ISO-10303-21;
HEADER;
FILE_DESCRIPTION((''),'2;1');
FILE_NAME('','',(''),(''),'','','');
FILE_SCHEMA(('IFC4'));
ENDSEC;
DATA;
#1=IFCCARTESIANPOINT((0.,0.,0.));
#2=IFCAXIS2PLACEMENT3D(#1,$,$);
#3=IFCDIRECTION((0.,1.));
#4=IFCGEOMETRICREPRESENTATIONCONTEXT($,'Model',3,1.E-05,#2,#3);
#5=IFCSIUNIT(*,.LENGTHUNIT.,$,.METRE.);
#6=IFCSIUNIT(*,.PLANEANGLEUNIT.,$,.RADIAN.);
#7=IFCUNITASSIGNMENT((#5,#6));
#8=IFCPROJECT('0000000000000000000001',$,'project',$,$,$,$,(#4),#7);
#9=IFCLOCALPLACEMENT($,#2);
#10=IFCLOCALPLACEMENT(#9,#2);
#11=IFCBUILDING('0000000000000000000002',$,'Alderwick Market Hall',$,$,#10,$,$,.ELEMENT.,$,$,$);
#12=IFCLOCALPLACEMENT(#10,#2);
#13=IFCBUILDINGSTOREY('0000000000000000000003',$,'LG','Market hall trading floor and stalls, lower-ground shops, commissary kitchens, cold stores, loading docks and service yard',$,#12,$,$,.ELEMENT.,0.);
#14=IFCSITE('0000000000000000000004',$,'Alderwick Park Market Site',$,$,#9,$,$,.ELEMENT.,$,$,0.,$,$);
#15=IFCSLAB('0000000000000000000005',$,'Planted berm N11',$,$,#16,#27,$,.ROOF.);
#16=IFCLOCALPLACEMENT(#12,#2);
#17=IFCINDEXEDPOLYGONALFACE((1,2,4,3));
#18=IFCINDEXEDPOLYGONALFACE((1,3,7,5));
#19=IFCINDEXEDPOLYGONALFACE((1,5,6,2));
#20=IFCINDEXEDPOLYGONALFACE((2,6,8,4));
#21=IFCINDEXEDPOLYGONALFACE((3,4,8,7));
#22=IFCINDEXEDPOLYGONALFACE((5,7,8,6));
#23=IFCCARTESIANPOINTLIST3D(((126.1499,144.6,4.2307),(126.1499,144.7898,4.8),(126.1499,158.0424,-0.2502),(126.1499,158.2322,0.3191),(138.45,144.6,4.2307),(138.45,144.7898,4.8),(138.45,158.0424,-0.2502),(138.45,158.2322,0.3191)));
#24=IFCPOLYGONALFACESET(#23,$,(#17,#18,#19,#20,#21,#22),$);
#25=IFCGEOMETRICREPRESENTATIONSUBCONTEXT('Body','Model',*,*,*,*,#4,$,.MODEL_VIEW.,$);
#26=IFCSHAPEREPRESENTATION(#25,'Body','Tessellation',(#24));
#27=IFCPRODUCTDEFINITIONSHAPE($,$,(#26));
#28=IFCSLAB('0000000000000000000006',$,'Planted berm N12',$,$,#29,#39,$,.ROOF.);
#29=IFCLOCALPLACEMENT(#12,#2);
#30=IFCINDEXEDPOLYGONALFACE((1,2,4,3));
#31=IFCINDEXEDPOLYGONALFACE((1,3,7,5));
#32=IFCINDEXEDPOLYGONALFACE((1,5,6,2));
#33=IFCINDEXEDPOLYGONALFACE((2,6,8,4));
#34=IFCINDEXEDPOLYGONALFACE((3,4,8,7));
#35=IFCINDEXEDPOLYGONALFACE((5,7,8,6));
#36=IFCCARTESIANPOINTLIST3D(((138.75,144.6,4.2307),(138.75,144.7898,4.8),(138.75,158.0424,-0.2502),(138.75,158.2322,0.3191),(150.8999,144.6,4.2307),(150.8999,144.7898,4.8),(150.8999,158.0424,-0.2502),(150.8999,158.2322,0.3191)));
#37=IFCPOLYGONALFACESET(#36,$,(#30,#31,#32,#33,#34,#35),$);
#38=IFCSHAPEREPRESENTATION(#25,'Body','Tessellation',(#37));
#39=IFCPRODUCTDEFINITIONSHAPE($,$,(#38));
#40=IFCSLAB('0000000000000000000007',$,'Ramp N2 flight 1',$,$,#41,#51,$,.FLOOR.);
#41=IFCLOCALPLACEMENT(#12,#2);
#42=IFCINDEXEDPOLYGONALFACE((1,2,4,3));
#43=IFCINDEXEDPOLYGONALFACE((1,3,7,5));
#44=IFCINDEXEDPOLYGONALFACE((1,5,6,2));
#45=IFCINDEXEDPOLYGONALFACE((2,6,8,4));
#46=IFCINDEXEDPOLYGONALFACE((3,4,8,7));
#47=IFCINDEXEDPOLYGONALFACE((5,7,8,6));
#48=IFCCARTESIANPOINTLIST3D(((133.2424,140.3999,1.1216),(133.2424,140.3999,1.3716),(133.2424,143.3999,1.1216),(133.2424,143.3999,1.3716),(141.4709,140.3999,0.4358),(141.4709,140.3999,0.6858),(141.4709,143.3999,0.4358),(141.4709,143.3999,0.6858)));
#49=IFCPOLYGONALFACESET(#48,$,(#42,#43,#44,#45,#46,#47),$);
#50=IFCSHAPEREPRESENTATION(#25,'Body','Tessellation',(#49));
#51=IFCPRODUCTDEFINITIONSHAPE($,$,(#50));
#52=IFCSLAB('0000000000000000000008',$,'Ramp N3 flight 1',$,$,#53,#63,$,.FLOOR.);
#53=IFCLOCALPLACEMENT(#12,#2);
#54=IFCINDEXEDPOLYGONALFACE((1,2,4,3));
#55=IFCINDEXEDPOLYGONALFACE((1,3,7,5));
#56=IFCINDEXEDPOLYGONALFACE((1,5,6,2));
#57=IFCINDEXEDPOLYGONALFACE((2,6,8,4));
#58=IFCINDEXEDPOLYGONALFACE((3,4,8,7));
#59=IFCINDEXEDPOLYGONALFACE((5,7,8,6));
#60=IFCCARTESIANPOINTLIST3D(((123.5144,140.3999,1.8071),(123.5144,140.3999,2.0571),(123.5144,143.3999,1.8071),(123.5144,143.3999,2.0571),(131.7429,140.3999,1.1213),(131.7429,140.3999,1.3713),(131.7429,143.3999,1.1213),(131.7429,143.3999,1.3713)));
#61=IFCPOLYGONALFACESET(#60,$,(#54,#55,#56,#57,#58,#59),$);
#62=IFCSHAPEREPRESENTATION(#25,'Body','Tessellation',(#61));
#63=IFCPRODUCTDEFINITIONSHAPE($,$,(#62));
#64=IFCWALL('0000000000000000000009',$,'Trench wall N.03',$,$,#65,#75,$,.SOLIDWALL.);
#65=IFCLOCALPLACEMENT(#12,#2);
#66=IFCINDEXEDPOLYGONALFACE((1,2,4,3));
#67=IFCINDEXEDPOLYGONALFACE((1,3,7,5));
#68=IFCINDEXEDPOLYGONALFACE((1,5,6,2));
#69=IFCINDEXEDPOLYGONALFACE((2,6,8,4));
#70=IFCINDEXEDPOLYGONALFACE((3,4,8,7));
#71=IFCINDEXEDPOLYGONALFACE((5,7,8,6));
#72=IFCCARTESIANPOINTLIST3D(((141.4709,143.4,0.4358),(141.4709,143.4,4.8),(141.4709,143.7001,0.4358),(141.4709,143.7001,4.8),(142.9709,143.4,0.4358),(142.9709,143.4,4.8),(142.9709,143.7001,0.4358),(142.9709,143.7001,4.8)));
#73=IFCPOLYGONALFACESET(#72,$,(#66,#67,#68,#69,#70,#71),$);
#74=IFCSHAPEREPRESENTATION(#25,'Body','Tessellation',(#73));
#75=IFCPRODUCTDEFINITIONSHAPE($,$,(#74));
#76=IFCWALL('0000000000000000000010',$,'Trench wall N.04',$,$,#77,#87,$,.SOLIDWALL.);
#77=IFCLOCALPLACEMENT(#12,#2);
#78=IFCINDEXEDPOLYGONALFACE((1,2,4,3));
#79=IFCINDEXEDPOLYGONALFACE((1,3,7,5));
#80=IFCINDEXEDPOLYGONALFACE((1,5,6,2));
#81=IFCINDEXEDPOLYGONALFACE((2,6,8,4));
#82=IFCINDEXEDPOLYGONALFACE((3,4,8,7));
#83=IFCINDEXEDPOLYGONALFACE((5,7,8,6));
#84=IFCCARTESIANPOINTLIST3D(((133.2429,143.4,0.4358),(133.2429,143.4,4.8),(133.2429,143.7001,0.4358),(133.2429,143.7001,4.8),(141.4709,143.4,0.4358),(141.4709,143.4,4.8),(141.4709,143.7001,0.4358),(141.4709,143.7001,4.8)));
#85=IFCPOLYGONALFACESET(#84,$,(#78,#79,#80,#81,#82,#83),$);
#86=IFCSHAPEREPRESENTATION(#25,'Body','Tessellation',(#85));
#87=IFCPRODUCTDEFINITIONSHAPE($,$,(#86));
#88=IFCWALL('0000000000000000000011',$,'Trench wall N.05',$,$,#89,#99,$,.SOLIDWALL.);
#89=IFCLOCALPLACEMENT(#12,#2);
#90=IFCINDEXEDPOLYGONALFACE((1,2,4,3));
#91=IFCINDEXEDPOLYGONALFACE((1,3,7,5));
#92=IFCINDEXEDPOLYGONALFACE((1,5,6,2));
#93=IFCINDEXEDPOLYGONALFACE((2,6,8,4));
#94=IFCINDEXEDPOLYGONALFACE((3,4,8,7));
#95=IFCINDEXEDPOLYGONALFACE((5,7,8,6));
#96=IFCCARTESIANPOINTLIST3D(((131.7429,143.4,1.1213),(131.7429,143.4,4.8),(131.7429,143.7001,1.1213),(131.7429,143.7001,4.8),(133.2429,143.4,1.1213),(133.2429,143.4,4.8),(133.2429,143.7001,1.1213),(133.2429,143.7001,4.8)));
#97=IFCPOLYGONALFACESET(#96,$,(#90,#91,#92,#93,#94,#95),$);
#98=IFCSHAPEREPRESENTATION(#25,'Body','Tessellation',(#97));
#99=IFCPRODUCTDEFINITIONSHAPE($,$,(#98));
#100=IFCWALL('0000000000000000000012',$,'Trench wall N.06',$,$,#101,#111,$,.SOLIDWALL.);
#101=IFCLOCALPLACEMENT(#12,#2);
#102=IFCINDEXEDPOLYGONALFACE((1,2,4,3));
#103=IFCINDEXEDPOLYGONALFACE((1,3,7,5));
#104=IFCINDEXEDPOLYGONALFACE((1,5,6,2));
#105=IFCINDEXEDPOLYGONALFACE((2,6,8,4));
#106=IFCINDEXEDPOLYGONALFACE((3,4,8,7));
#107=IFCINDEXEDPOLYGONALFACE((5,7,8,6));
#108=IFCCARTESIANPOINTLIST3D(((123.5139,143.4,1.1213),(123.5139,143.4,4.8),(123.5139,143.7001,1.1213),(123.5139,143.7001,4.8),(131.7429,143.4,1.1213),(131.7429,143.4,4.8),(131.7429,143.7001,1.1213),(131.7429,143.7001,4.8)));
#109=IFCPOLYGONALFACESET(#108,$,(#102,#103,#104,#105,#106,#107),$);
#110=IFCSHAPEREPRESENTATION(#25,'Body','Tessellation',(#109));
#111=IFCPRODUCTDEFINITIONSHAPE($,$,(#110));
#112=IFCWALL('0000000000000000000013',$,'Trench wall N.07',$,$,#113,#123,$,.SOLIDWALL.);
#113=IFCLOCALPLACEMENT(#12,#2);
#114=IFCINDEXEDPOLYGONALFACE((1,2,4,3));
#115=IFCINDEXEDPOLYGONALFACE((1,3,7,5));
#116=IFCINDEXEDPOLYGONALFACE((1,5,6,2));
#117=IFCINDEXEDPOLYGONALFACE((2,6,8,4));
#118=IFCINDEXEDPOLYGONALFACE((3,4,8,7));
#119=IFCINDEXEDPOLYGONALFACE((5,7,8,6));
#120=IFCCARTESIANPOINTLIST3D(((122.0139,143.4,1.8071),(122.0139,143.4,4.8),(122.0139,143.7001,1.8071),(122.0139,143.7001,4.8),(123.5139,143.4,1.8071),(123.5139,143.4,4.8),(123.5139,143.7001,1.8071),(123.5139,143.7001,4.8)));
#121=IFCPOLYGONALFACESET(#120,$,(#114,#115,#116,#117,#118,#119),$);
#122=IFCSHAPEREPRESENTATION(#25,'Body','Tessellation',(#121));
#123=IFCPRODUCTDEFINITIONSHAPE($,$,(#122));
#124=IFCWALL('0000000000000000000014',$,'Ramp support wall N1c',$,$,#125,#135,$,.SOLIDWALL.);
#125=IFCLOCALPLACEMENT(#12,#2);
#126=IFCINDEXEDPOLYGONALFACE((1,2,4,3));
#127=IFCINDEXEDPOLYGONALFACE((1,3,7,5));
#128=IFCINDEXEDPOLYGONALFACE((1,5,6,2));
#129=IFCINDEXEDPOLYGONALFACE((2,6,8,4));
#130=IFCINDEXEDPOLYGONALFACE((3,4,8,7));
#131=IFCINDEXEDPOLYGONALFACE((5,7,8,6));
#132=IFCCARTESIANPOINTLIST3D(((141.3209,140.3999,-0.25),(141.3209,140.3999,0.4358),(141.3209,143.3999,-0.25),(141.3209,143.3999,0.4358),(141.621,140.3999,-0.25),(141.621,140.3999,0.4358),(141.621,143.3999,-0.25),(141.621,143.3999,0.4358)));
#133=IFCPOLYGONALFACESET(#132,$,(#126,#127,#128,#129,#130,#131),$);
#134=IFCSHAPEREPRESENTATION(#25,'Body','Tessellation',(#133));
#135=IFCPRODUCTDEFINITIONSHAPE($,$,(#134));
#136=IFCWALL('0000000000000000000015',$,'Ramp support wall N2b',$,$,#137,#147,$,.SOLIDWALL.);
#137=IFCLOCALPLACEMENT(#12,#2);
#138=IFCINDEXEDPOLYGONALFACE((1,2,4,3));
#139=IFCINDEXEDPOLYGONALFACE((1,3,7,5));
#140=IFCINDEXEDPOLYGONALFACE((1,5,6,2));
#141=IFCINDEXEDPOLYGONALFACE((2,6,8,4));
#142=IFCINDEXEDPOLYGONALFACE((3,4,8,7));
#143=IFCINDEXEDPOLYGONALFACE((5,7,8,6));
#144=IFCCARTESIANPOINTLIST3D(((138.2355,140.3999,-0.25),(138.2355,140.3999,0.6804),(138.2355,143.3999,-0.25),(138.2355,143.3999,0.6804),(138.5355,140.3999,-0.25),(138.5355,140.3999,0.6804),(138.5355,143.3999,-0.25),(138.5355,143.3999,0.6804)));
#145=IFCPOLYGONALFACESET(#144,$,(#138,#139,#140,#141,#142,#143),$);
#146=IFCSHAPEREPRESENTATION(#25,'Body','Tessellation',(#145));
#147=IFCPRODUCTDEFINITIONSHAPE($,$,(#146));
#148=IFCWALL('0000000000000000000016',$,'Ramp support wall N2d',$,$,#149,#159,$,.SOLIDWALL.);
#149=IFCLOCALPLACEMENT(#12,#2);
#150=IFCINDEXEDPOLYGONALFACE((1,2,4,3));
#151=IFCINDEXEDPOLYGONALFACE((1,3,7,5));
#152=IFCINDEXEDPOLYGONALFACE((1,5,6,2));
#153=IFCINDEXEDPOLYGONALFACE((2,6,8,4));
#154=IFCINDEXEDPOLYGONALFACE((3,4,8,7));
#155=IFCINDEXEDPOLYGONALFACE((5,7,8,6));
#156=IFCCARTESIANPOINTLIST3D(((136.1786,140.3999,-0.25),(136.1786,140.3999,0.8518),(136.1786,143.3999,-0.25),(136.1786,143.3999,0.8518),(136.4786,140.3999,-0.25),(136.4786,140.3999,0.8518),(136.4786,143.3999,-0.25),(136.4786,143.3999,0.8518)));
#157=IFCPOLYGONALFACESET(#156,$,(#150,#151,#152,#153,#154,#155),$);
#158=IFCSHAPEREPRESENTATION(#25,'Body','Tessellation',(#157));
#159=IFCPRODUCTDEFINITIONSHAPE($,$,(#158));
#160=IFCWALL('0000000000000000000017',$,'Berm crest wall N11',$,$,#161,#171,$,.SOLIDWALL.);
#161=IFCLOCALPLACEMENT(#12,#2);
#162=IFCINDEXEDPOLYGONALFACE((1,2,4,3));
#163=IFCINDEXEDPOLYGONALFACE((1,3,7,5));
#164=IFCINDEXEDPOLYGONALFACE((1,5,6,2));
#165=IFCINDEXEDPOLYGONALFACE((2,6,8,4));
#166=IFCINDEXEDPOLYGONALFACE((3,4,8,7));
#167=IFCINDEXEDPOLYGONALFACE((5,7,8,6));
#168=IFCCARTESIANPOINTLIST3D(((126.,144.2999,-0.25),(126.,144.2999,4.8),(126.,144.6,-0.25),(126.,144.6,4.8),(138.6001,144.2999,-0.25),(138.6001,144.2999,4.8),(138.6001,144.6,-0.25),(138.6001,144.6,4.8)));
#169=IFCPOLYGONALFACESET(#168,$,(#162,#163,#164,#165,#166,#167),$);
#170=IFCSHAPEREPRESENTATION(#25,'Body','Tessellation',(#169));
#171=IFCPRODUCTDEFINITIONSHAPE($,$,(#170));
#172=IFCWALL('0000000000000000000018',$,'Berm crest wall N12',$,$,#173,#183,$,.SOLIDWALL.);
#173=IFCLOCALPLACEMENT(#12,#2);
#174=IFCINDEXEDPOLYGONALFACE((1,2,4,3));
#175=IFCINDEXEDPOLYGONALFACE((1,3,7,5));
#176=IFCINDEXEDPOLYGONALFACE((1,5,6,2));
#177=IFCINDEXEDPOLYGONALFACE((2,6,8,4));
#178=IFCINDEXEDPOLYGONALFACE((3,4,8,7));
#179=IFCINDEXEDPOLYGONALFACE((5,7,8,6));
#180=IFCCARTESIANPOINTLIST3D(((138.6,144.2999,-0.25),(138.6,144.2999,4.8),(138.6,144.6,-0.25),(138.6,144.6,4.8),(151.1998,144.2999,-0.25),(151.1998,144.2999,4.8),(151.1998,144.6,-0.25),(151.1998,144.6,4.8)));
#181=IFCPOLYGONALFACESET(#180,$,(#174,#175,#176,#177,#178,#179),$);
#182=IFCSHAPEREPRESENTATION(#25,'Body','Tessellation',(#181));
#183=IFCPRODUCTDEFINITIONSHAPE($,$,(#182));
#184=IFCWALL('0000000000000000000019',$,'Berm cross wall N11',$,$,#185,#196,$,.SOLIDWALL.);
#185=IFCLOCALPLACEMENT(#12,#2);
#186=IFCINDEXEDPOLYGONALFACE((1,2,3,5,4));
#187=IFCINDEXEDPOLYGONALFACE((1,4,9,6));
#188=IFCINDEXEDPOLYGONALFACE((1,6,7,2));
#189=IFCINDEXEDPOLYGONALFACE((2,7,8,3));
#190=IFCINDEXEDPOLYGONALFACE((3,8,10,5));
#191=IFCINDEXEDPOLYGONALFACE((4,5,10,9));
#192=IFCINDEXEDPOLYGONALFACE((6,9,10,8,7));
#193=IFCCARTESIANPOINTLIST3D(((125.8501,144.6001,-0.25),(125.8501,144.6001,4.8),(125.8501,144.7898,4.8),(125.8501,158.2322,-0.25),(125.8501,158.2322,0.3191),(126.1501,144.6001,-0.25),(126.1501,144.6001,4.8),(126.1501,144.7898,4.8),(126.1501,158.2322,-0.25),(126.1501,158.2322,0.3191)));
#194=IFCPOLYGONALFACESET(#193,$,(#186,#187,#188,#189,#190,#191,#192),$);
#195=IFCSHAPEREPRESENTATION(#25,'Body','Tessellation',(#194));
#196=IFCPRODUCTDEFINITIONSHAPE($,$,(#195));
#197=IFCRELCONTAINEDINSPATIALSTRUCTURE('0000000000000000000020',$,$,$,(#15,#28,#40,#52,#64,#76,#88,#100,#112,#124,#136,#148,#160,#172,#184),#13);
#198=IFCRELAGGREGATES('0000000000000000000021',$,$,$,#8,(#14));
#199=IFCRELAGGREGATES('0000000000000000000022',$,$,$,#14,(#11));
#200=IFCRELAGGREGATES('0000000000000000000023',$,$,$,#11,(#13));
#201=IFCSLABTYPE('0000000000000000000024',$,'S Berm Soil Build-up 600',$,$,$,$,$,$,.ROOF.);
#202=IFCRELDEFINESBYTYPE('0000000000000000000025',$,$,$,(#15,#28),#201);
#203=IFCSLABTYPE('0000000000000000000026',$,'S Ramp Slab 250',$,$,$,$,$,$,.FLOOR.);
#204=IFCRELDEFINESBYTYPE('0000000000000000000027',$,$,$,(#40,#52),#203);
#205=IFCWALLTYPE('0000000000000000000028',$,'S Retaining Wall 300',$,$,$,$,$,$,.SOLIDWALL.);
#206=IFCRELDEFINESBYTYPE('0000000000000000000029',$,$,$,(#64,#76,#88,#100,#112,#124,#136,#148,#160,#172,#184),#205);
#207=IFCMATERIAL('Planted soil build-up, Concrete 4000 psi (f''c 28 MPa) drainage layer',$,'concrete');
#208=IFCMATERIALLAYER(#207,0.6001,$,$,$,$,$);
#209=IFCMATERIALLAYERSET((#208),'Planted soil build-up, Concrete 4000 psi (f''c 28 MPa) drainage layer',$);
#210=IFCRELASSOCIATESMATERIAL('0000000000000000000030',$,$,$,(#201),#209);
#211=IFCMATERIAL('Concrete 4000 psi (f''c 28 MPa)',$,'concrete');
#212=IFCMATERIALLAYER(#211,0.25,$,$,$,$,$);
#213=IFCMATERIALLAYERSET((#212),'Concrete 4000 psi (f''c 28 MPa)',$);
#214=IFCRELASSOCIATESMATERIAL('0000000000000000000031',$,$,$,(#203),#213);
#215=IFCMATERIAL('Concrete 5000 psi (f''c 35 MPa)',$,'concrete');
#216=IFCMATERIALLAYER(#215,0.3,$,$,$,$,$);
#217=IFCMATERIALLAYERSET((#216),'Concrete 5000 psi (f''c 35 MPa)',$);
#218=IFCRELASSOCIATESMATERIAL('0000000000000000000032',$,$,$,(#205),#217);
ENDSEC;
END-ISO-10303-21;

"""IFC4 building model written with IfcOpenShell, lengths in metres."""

from ifc_helpers import new_model, si_unit, direction, frame, frame_2d, origin, place, context, subcontext, project, spatial, polyline, rectangle, outline, extrude, material, layer, layer_set, type_object, element, save


model = new_model("IFC4")

# Units and contexts
model_context = context("Model", 3, precision=1e-05, world=origin(), true_north=direction((0.0, 1.0)))
body_context = subcontext(model_context, "Body", "Model", "MODEL_VIEW")
ifc_project = project(units=[si_unit("LENGTHUNIT", "METRE"), si_unit("PLANEANGLEUNIT", "RADIAN")], contexts=[model_context])

# Site, building, storey
site_placement = place(None, origin())
site = spatial("IfcSite", under=ifc_project, at=site_placement, Name="Alderwick Park Market Site", CompositionType="ELEMENT", RefElevation=0.0)
building_placement = place(site_placement, origin())
building = spatial("IfcBuilding", under=site, at=building_placement, Name="Alderwick Market Hall", CompositionType="ELEMENT")
storey_placement = place(building_placement, origin())
storey = spatial("IfcBuildingStorey", under=building, at=storey_placement, Name="LG", Description="Market hall trading floor and stalls, lower-ground shops, commissary kitchens, cold stores, loading docks and service yard", CompositionType="ELEMENT", Elevation=0.0)

# Slabs
ifc_material_1 = material(Name="Planted soil build-up, Concrete 4000 psi (f'c 28 MPa) drainage layer", Category="concrete")
ifc_layer_1 = layer(ifc_material_1, 0.6001)
ifc_layer_set_1 = layer_set([ifc_layer_1], Name="Planted soil build-up, Concrete 4000 psi (f'c 28 MPa) drainage layer")
slab_type_1 = type_object("IfcSlabType", Name="S Berm Soil Build-up 600", PredefinedType="ROOF", material=ifc_layer_set_1)
slab_1_placement = place(storey_placement, frame((126.1499, 158.2322, 0.3191), z_axis=(0.0, 0.316238, 0.94868), x_axis=(1.0, 0.0, 0.0)))
element("IfcSlab", 1, at=slab_1_placement, inside=storey, type_object=slab_type_1, Name="Planted berm N11", PredefinedType="ROOF", context=body_context, shape_type="SweptSolid", body=[
    extrude(outline(polyline([(0.0, 0.0), (12.3, 0.0), (12.3, -14.1696), (0.0, -14.1696), (0.0, 0.0)])), origin(), (0.0, 0.0, -1.0), 0.6001),
])
slab_2_placement = place(storey_placement, frame((138.75, 158.2322, 0.3191), z_axis=(0.0, 0.316238, 0.94868), x_axis=(1.0, 0.0, 0.0)))
element("IfcSlab", 2, at=slab_2_placement, inside=storey, type_object=slab_type_1, Name="Planted berm N12", PredefinedType="ROOF", context=body_context, shape_type="SweptSolid", body=[
    extrude(outline(polyline([(0.0, 0.0), (12.1499, 0.0), (12.1499, -14.1696), (0.0, -14.1696), (0.0, 0.0)])), origin(), (0.0, 0.0, -1.0), 0.6001),
])
ifc_material_2 = material(Name="Concrete 4000 psi (f'c 28 MPa)", Category="concrete")
ifc_layer_2 = layer(ifc_material_2, 0.25)
ifc_layer_set_2 = layer_set([ifc_layer_2], Name="Concrete 4000 psi (f'c 28 MPa)")
slab_type_2 = type_object("IfcSlabType", Name="S Ramp Slab 250", PredefinedType="FLOOR", material=ifc_layer_set_2)
for number, where, z_axis, x_axis, name in (
    (3, (141.4709, 141.8999, 0.6858), (0.0, 0.0, 1.0), (-1.0, 0.0, 0.0), "Ramp N2 flight 1"),
    (4, (131.7429, 141.8999, 1.3713), (0.0, 0.0, 1.0), (-1.0, 0.0, 0.0), "Ramp N3 flight 1"),
):
    element("IfcSlab", number, at=place(storey_placement, frame(where, z_axis=z_axis, x_axis=x_axis)), inside=storey, type_object=slab_type_2, Name=name, PredefinedType="FLOOR", context=body_context, shape_type="SweptSolid", body=[
        extrude(outline(polyline([(0.0, 0.0), (8.2285, 0.6858), (8.2285, 0.4358), (0.0, -0.25), (0.0, 0.0)])), frame((0.0, 1.5, 0.0), z_axis=(0.0, -1.0, 0.0), x_axis=(1.0, 0.0, 0.0)), (0.0, 0.0, 1.0), 3.0),
    ])

# Walls
ifc_material_3 = material(Name="Concrete 5000 psi (f'c 35 MPa)", Category="concrete")
ifc_layer_3 = layer(ifc_material_3, 0.3)
ifc_layer_set_3 = layer_set([ifc_layer_3], Name="Concrete 5000 psi (f'c 35 MPa)")
wall_type = type_object("IfcWallType", Name="S Retaining Wall 300", PredefinedType="SOLIDWALL", material=ifc_layer_set_3)
wall_1_placement = place(storey_placement, frame((142.9709, 143.55, 0.4358), z_axis=(0.0, 0.0, 1.0), x_axis=(-1.0, 0.0, 0.0)))
element("IfcWall", 5, at=wall_1_placement, inside=storey, type_object=wall_type, Name="Trench wall N.03", PredefinedType="SOLIDWALL", context=body_context, shape_type="SweptSolid", body=[
    extrude(rectangle(XDim=1.5, YDim=0.3, at=frame_2d((0.75, 0.0))), origin(), (0.0, 0.0, 1.0), 4.3643),
])
wall_2_placement = place(storey_placement, frame((141.4709, 143.55, 0.4358), z_axis=(0.0, 0.0, 1.0), x_axis=(-1.0, 0.0, 0.0)))
element("IfcWall", 6, at=wall_2_placement, inside=storey, type_object=wall_type, Name="Trench wall N.04", PredefinedType="SOLIDWALL", context=body_context, shape_type="SweptSolid", body=[
    extrude(rectangle(XDim=8.228, YDim=0.3, at=frame_2d((4.114, 0.0))), origin(), (0.0, 0.0, 1.0), 4.3643),
])
wall_3_placement = place(storey_placement, frame((133.2429, 143.55, 1.1213), z_axis=(0.0, 0.0, 1.0), x_axis=(-1.0, 0.0, 0.0)))
element("IfcWall", 7, at=wall_3_placement, inside=storey, type_object=wall_type, Name="Trench wall N.05", PredefinedType="SOLIDWALL", context=body_context, shape_type="SweptSolid", body=[
    extrude(rectangle(XDim=1.5, YDim=0.3, at=frame_2d((0.75, 0.0))), origin(), (0.0, 0.0, 1.0), 3.6787),
])
wall_4_placement = place(storey_placement, frame((131.7429, 143.55, 1.1213), z_axis=(0.0, 0.0, 1.0), x_axis=(-1.0, 0.0, 0.0)))
element("IfcWall", 8, at=wall_4_placement, inside=storey, type_object=wall_type, Name="Trench wall N.06", PredefinedType="SOLIDWALL", context=body_context, shape_type="SweptSolid", body=[
    extrude(rectangle(XDim=8.229, YDim=0.3, at=frame_2d((4.1145, 0.0))), origin(), (0.0, 0.0, 1.0), 3.6787),
])
wall_5_placement = place(storey_placement, frame((123.5139, 143.55, 1.8071), z_axis=(0.0, 0.0, 1.0), x_axis=(-1.0, 0.0, 0.0)))
element("IfcWall", 9, at=wall_5_placement, inside=storey, type_object=wall_type, Name="Trench wall N.07", PredefinedType="SOLIDWALL", context=body_context, shape_type="SweptSolid", body=[
    extrude(rectangle(XDim=1.5, YDim=0.3, at=frame_2d((0.75, 0.0))), origin(), (0.0, 0.0, 1.0), 2.9929),
])
wall_6_placement = place(storey_placement, frame((141.4709, 140.3999, -0.25), z_axis=(0.0, 0.0, 1.0), x_axis=(0.0, 1.0, 0.0)))
element("IfcWall", 10, at=wall_6_placement, inside=storey, type_object=wall_type, Name="Ramp support wall N1c", PredefinedType="SOLIDWALL", context=body_context, shape_type="SweptSolid", body=[
    extrude(rectangle(XDim=3.0, YDim=0.3, at=frame_2d((1.5, 0.0))), origin(), (0.0, 0.0, 1.0), 0.6858),
])
wall_7_placement = place(storey_placement, frame((138.3855, 140.3999, -0.25), z_axis=(0.0, 0.0, 1.0), x_axis=(0.0, 1.0, 0.0)))
element("IfcWall", 11, at=wall_7_placement, inside=storey, type_object=wall_type, Name="Ramp support wall N2b", PredefinedType="SOLIDWALL", context=body_context, shape_type="SweptSolid", body=[
    extrude(rectangle(XDim=3.0, YDim=0.3, at=frame_2d((1.5, 0.0))), origin(), (0.0, 0.0, 1.0), 0.9304),
])
wall_8_placement = place(storey_placement, frame((136.3286, 140.3999, -0.25), z_axis=(0.0, 0.0, 1.0), x_axis=(0.0, 1.0, 0.0)))
element("IfcWall", 12, at=wall_8_placement, inside=storey, type_object=wall_type, Name="Ramp support wall N2d", PredefinedType="SOLIDWALL", context=body_context, shape_type="SweptSolid", body=[
    extrude(rectangle(XDim=3.0, YDim=0.3, at=frame_2d((1.5, 0.0))), origin(), (0.0, 0.0, 1.0), 1.1018),
])
wall_9_placement = place(storey_placement, frame((126.0, 144.45, -0.25), z_axis=(0.0, 0.0, 1.0), x_axis=(1.0, 0.0, 0.0)))
element("IfcWall", 13, at=wall_9_placement, inside=storey, type_object=wall_type, Name="Berm crest wall N11", PredefinedType="SOLIDWALL", context=body_context, shape_type="SweptSolid", body=[
    extrude(rectangle(XDim=12.6001, YDim=0.3, at=frame_2d((6.3, 0.0))), origin(), (0.0, 0.0, 1.0), 5.05),
])
wall_10_placement = place(storey_placement, frame((138.6001, 144.45, -0.25), z_axis=(0.0, 0.0, 1.0), x_axis=(1.0, 0.0, 0.0)))
element("IfcWall", 14, at=wall_10_placement, inside=storey, type_object=wall_type, Name="Berm crest wall N12", PredefinedType="SOLIDWALL", context=body_context, shape_type="SweptSolid", body=[
    extrude(rectangle(XDim=12.5999, YDim=0.3, at=frame_2d((6.2998, 0.0))), origin(), (0.0, 0.0, 1.0), 5.05),
])
for number, where, z_axis, x_axis, name in (
    (15, (126.0, 144.6001, -0.25), (0.0, 0.0, 1.0), (0.0, 1.0, 0.0), "Berm cross wall N11"),
):
    element("IfcWall", number, at=place(storey_placement, frame(where, z_axis=z_axis, x_axis=x_axis)), inside=storey, type_object=wall_type, Name=name, PredefinedType="SOLIDWALL", context=body_context, shape_type="SweptSolid", body=[
        extrude(outline(polyline([(0.0, 0.0), (13.6321, 0.0), (13.6321, 0.5691), (0.1897, 5.05), (0.0, 5.05), (0.0, 0.0)])), frame((0.0, 0.1499, 0.0), z_axis=(0.0, -1.0, 0.0), x_axis=(1.0, 0.0, 0.0)), (0.0, 0.0, 1.0), 0.3),
    ])

save(model, "model.ifc")
